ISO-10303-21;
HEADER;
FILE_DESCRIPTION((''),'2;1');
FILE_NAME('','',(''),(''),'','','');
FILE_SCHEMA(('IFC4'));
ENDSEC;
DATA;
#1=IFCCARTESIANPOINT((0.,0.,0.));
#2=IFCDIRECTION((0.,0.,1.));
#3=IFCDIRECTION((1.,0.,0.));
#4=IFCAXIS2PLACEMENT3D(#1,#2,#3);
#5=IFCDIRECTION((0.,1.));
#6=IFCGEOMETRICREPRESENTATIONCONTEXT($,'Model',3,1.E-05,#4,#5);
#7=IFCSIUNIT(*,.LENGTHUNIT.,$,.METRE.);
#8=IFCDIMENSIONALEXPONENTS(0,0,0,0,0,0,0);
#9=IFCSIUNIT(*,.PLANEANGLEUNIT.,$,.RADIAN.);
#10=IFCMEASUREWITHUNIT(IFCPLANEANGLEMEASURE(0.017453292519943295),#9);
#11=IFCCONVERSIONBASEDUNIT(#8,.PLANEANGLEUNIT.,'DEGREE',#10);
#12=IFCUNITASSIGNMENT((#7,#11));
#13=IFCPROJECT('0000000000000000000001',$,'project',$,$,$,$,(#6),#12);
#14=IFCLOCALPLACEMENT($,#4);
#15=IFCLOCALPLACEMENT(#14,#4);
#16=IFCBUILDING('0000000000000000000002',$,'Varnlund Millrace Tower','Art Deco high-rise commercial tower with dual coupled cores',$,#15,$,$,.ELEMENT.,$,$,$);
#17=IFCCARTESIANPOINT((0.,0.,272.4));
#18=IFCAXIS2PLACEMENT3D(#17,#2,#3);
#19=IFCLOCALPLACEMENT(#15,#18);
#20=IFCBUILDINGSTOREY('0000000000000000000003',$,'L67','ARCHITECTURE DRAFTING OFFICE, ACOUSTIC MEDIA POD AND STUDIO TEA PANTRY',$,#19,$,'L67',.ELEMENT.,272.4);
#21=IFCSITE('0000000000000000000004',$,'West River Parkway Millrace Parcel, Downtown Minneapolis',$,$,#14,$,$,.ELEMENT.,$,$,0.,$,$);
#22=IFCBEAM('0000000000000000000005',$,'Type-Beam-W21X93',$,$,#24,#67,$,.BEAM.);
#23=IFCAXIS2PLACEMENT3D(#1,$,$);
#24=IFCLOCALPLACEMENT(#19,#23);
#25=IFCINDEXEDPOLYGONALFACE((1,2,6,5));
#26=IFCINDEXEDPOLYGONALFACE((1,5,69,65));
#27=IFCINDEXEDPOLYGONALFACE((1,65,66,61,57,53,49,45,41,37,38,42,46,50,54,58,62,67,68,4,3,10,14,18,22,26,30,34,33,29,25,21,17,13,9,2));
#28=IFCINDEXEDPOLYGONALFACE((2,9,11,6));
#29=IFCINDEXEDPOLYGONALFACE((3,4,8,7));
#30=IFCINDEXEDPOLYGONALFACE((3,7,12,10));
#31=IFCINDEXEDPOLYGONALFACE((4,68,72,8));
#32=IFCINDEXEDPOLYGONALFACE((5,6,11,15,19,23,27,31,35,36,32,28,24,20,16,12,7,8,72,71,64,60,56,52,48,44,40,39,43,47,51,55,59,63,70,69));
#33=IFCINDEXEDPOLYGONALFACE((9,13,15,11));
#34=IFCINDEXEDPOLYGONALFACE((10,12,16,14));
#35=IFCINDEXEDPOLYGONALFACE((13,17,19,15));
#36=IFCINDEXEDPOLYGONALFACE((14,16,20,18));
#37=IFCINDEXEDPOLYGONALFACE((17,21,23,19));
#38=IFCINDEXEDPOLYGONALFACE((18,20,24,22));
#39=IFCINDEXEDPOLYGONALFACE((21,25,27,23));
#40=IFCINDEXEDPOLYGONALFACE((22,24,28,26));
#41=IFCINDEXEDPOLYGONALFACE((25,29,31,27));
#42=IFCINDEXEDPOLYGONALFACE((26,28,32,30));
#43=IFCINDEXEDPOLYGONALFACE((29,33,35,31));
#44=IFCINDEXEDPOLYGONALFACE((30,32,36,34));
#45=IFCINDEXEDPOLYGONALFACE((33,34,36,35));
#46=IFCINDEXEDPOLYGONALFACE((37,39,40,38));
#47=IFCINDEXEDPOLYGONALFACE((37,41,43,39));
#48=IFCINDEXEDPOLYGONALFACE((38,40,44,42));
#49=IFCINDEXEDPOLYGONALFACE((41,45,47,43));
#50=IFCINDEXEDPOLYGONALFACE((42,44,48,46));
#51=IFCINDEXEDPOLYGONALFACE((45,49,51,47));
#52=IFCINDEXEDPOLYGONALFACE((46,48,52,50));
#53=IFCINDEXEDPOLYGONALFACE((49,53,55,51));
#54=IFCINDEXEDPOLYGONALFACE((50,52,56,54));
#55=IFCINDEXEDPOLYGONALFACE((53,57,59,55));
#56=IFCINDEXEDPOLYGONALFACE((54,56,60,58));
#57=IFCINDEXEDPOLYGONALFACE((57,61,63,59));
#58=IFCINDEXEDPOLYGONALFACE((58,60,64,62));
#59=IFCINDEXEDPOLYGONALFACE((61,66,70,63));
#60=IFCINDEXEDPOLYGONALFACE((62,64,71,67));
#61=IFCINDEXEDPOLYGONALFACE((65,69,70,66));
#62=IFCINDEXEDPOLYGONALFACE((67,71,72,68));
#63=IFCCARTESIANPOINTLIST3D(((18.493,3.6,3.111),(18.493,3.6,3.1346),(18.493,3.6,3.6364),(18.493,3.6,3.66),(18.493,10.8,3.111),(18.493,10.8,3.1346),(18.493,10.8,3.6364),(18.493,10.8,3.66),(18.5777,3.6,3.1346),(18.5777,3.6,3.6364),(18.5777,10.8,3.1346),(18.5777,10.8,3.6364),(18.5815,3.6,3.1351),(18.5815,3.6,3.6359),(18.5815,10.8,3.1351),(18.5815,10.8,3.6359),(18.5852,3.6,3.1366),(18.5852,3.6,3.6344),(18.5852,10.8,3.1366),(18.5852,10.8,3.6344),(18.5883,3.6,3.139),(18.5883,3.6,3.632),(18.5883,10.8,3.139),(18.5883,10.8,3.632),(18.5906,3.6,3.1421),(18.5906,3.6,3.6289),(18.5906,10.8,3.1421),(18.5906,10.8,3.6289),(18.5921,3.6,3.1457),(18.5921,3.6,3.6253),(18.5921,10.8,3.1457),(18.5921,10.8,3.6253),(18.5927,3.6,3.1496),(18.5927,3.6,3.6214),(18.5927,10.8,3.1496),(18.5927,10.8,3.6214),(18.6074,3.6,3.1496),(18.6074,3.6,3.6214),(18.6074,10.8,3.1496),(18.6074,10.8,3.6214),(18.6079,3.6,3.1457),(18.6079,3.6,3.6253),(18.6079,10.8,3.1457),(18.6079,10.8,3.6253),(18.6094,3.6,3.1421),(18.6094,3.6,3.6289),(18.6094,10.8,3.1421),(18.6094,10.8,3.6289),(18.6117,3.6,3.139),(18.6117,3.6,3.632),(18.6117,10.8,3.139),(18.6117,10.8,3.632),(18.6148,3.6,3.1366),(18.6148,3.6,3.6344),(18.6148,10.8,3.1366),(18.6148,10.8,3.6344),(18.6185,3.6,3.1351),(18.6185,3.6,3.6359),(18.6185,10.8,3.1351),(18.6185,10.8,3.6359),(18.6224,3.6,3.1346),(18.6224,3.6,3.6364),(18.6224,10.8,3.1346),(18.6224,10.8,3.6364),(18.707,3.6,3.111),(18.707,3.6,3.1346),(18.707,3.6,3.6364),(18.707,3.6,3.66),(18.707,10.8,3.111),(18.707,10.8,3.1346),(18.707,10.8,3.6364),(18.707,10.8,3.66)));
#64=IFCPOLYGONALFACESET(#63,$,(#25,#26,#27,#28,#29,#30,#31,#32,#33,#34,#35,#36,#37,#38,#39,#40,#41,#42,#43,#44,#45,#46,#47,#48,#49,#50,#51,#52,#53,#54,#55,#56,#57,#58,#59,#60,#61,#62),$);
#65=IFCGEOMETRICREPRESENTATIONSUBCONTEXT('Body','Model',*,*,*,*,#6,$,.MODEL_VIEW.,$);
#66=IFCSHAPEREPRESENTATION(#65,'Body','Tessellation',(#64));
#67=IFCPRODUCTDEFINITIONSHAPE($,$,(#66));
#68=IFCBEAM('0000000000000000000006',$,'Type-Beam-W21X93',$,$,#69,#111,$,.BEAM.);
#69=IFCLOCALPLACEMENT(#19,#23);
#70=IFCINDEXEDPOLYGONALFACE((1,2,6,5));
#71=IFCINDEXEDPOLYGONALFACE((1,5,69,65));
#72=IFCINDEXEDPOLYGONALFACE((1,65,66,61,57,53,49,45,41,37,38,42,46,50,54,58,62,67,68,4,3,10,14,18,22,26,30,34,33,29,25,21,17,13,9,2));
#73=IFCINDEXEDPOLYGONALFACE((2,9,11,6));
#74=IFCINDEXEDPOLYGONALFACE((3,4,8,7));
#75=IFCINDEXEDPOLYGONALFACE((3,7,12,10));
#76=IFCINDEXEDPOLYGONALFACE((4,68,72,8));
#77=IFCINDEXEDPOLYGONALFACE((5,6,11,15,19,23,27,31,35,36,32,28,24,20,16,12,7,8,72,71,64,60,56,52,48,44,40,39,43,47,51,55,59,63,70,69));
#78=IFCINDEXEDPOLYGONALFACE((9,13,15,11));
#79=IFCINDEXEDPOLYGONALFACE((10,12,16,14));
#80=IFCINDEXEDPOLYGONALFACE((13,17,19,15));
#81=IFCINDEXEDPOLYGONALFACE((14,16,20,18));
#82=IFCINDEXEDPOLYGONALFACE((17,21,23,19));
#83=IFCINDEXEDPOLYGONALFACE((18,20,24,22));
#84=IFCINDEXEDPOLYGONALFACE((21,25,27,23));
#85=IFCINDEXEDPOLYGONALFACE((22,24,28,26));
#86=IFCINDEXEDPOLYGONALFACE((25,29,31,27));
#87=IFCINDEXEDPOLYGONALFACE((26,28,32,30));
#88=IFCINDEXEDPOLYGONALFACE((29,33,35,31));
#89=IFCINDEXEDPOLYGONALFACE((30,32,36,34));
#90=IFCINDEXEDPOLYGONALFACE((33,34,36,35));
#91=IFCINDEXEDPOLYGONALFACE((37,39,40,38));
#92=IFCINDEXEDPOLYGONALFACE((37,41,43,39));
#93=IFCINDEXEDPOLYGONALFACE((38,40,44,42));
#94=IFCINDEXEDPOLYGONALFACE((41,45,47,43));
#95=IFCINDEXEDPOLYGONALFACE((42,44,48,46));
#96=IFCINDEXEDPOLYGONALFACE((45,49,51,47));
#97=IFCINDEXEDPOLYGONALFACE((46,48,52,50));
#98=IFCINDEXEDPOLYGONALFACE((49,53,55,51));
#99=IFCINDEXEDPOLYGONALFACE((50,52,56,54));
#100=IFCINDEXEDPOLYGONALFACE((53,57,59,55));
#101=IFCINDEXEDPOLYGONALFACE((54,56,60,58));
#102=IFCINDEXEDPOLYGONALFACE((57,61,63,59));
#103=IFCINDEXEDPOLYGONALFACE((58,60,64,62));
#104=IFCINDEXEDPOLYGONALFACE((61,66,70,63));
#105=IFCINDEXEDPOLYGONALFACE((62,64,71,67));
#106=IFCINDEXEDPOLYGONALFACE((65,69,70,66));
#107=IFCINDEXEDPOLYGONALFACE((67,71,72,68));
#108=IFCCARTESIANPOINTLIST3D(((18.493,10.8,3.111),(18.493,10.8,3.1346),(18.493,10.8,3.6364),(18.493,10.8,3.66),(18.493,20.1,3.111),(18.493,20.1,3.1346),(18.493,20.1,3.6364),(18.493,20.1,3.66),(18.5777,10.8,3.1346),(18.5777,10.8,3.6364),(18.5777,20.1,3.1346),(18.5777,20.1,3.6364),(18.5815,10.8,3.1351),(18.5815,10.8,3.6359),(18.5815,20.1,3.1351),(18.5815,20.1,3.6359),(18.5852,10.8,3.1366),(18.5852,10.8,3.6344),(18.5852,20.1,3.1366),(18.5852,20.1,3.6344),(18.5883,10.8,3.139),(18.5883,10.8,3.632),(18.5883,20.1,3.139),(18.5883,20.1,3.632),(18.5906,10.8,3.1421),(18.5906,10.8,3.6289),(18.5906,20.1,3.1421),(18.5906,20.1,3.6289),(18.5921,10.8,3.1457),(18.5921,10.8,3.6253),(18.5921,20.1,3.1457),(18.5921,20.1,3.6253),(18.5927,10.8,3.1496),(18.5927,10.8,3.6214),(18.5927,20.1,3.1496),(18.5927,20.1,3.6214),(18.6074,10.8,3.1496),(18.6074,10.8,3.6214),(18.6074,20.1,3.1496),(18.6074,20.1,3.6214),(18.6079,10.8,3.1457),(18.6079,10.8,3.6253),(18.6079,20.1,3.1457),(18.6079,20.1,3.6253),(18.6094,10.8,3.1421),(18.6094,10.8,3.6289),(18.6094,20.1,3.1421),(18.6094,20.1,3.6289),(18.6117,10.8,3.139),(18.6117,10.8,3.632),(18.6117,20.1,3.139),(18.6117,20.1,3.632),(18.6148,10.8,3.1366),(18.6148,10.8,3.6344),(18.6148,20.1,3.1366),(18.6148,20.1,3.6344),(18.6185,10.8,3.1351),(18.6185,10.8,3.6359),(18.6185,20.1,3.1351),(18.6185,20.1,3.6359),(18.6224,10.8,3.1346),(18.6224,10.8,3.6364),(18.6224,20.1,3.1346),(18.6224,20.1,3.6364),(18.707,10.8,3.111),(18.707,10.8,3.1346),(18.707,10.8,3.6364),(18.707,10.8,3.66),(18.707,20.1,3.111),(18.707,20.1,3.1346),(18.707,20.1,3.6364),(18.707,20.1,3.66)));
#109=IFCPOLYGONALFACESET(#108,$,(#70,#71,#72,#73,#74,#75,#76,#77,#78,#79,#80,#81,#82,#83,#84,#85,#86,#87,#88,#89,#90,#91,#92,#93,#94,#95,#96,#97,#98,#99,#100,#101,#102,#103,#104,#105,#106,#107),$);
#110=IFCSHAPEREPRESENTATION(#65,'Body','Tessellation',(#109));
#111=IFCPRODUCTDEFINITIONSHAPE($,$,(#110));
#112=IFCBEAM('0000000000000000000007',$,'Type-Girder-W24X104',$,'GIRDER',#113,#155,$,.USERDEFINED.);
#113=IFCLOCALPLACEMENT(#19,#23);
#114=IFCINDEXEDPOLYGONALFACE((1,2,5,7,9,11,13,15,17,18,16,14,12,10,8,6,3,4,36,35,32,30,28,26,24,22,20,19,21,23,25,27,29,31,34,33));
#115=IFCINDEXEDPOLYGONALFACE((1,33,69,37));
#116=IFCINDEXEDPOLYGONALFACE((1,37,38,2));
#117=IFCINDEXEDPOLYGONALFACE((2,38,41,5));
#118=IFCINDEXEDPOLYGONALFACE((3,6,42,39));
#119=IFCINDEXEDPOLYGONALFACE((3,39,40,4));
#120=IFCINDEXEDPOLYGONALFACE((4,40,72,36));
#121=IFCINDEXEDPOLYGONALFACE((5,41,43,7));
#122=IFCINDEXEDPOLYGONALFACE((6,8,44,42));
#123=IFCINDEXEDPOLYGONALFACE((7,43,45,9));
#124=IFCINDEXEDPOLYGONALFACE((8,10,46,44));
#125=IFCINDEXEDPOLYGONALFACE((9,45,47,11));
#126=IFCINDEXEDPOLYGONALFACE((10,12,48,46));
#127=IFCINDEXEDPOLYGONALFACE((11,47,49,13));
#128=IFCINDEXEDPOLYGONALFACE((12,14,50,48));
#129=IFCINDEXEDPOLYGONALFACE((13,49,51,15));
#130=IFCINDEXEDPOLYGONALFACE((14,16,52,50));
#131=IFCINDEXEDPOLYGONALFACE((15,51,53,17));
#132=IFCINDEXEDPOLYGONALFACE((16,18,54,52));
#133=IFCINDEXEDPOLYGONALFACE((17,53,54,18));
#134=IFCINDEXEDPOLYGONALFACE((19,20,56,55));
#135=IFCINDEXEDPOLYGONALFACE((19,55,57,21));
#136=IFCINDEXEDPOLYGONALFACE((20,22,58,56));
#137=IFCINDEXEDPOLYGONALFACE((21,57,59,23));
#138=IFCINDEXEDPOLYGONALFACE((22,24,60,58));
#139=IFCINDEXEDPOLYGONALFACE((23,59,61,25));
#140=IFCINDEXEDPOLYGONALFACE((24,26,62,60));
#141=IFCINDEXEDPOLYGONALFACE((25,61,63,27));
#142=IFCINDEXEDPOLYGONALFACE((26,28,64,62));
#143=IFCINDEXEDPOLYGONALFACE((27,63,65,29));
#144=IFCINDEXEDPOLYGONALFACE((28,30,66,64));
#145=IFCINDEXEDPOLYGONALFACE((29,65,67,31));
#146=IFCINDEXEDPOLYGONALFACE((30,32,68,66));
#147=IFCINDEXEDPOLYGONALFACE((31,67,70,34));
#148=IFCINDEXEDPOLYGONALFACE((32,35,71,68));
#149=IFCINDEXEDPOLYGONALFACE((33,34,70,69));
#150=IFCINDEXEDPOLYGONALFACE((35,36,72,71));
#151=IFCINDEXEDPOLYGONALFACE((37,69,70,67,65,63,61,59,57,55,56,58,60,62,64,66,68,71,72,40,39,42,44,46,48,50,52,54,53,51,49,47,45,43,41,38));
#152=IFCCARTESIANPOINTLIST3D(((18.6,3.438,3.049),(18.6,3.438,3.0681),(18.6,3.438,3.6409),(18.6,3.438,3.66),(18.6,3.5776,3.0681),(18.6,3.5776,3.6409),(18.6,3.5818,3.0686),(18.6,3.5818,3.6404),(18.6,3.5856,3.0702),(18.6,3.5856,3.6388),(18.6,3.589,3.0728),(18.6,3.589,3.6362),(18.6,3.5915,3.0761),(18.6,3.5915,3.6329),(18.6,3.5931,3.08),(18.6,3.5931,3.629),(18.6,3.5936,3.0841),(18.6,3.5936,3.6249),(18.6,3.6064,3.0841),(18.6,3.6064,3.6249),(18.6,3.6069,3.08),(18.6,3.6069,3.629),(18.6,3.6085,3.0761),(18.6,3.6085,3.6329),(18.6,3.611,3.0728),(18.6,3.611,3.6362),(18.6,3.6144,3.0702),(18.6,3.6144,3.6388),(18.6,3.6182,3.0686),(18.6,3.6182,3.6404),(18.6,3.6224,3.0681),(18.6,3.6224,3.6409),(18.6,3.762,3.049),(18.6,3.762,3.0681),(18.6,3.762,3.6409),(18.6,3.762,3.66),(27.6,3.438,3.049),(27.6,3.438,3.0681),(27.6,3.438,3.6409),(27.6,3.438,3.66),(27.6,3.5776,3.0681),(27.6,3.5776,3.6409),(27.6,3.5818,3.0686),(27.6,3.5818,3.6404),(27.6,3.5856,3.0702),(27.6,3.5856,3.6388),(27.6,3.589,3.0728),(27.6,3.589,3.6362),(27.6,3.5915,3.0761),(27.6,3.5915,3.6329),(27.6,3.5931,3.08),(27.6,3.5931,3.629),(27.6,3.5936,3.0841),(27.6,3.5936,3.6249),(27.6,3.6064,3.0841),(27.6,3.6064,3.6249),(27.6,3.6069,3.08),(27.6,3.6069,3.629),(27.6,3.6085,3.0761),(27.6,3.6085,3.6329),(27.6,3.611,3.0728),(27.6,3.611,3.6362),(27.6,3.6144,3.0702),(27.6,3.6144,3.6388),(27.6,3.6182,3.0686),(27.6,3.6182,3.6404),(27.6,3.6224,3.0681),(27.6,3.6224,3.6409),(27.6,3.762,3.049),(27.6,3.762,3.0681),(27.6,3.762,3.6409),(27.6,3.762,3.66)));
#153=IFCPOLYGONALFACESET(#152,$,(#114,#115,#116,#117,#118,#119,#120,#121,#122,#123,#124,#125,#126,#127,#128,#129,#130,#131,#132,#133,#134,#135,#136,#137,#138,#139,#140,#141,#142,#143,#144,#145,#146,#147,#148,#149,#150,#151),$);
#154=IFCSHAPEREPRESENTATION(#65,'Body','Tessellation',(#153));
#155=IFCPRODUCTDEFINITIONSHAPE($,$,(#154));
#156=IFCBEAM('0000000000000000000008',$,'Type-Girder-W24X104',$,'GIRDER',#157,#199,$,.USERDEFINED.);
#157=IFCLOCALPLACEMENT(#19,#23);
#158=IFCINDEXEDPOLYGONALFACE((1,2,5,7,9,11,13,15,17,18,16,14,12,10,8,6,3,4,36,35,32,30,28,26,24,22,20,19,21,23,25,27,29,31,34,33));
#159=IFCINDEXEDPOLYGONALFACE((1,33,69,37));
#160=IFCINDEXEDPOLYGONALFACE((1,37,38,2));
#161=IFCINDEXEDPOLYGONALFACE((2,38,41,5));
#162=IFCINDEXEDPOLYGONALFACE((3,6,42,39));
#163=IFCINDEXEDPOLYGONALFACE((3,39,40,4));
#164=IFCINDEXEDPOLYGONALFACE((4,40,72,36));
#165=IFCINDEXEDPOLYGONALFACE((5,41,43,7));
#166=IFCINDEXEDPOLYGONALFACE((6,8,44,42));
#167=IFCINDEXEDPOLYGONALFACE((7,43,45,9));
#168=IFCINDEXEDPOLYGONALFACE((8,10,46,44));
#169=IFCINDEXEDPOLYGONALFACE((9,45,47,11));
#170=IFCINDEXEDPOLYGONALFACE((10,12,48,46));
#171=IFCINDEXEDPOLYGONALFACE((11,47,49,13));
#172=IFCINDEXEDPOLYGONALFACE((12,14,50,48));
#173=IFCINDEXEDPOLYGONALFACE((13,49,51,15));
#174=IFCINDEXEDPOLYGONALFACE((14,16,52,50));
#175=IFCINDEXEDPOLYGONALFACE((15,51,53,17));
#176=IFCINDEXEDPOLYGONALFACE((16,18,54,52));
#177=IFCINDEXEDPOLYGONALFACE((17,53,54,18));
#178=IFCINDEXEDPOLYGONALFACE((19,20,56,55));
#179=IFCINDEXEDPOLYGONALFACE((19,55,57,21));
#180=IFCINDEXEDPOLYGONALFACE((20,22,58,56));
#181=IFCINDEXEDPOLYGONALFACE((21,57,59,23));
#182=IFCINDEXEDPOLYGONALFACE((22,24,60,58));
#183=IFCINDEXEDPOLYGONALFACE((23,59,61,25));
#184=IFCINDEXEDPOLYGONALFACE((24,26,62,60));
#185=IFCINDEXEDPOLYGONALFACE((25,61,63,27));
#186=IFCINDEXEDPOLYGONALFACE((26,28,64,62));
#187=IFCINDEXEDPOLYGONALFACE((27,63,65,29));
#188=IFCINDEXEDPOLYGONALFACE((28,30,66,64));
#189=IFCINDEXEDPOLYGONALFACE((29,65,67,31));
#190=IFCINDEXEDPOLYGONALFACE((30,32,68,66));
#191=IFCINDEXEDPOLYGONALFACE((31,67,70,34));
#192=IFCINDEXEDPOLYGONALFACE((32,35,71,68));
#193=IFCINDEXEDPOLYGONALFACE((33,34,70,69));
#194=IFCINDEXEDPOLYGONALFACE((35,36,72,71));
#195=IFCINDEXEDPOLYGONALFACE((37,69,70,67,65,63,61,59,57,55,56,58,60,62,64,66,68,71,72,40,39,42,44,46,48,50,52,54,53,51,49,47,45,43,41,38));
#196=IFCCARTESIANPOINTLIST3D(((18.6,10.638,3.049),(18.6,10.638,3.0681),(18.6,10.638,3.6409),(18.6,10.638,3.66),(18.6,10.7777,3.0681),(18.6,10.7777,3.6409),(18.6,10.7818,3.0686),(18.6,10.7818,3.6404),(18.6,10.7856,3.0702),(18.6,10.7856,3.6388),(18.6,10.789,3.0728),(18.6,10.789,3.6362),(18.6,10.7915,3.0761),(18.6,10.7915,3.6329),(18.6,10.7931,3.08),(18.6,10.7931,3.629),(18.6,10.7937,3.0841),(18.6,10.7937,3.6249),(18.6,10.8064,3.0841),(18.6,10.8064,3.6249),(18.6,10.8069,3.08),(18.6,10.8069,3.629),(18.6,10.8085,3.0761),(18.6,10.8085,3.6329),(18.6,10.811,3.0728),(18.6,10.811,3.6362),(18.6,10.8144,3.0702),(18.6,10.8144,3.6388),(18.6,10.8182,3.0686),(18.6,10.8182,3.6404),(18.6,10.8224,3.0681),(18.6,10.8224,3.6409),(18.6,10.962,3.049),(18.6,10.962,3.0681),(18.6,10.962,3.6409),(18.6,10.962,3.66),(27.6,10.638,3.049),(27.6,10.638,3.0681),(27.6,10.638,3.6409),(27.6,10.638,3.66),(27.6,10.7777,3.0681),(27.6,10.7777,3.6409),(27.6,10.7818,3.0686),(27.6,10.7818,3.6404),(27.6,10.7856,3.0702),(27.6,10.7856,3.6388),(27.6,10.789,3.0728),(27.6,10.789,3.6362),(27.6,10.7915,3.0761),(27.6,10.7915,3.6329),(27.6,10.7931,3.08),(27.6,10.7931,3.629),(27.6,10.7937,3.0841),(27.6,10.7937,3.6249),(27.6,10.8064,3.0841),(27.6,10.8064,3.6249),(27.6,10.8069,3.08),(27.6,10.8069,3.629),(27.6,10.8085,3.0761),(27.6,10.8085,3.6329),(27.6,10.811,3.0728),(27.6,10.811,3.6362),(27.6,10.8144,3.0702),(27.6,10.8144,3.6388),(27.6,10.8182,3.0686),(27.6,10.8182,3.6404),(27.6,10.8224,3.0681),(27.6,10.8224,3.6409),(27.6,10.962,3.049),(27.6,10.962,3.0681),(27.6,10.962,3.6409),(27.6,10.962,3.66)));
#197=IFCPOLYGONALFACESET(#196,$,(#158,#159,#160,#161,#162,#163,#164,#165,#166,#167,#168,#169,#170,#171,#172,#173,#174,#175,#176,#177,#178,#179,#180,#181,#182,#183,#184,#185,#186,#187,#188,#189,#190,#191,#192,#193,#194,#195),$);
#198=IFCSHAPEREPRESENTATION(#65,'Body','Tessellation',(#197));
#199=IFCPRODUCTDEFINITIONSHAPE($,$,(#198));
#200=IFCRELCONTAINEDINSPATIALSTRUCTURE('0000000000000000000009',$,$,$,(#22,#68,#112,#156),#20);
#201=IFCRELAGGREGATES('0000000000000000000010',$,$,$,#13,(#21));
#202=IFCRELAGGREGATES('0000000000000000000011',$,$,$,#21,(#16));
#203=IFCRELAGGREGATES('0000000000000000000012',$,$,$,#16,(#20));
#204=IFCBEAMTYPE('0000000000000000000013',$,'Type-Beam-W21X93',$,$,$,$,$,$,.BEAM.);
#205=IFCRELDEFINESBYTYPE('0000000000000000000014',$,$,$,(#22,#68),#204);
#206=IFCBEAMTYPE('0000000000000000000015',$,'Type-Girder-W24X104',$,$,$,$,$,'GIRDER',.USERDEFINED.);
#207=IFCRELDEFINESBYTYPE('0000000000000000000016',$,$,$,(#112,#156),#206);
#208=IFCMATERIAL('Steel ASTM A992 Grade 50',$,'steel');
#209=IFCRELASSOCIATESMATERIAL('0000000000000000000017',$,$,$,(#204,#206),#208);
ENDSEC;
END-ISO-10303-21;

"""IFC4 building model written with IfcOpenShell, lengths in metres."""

from ifc_helpers import new_model, entity, si_unit, converted_unit, direction, frame, origin_with_axes, origin_2d_with_axis, place, context, subcontext, project, spatial, i_section, extrude, material, material_profile, profile_set, type_object, element, save


model = new_model("IFC4")

# Units and contexts
model_context = context("Model", 3, precision=1e-05, world=origin_with_axes(), true_north=direction((0.0, 1.0)))
body_context = subcontext(model_context, "Body", "Model", "MODEL_VIEW")
ifc_project = project(units=[si_unit("LENGTHUNIT", "METRE"), converted_unit("PLANEANGLEUNIT", "DEGREE", entity("IfcPlaneAngleMeasure", 0.017453292519943295), si_unit("PLANEANGLEUNIT", "RADIAN"), dimensions=[0, 0, 0, 0, 0, 0, 0])], contexts=[model_context])

# Site, building, storey
site_placement = place(None, origin_with_axes())
site = spatial("IfcSite", under=ifc_project, at=site_placement, Name="West River Parkway Millrace Parcel, Downtown Minneapolis", CompositionType="ELEMENT", RefElevation=0.0)
building_placement = place(site_placement, origin_with_axes())
building = spatial("IfcBuilding", under=site, at=building_placement, Name="Varnlund Millrace Tower", Description="Art Deco high-rise commercial tower with dual coupled cores", CompositionType="ELEMENT")
storey_placement = place(building_placement, frame((0.0, 0.0, 272.4), z_axis=(0.0, 0.0, 1.0), x_axis=(1.0, 0.0, 0.0)))
storey = spatial("IfcBuildingStorey", under=building, at=storey_placement, Name="L67", Description="ARCHITECTURE DRAFTING OFFICE, ACOUSTIC MEDIA POD AND STUDIO TEA PANTRY", LongName="L67", CompositionType="ELEMENT", Elevation=272.4)

# Beams
ifc_material_1 = material(Name="Steel ASTM A992 Grade 50", Category="steel")
ifc_material_profile_1 = material_profile(ifc_material_1, i_section(OverallWidth=0.214, OverallDepth=0.549, WebThickness=0.0147, FlangeThickness=0.0236, FilletRadius=0.015, at=origin_2d_with_axis()), Name="Steel ASTM A992 Grade 50")
ifc_profile_set_1 = profile_set([ifc_material_profile_1], Name="Steel ASTM A992 Grade 50")
beam_type_1 = type_object("IfcBeamType", Name="Type-Beam-W21X93", PredefinedType="BEAM", material=ifc_profile_set_1)
beam_1_placement = place(storey_placement, frame((18.6, 3.6, 3.3855), z_axis=(0.0, 1.0, 0.0), x_axis=(-1.0, 0.0, 0.0)))
element("IfcBeam", 1, at=beam_1_placement, inside=storey, type_object=beam_type_1, Name="Type-Beam-W21X93", PredefinedType="BEAM", context=body_context, shape_type="SweptSolid", body=[
    extrude(i_section(OverallWidth=0.214, OverallDepth=0.549, WebThickness=0.0147, FlangeThickness=0.0236, FilletRadius=0.015, at=origin_2d_with_axis()), origin_with_axes(), (0.0, 0.0, 1.0), 7.2),
])
beam_2_placement = place(storey_placement, frame((18.6, 10.8, 3.3855), z_axis=(0.0, 1.0, 0.0), x_axis=(-1.0, 0.0, 0.0)))
element("IfcBeam", 2, at=beam_2_placement, inside=storey, type_object=beam_type_1, Name="Type-Beam-W21X93", PredefinedType="BEAM", context=body_context, shape_type="SweptSolid", body=[
    extrude(i_section(OverallWidth=0.214, OverallDepth=0.549, WebThickness=0.0147, FlangeThickness=0.0236, FilletRadius=0.015, at=origin_2d_with_axis()), origin_with_axes(), (0.0, 0.0, 1.0), 9.3),
])
ifc_material_profile_2 = material_profile(ifc_material_1, i_section(OverallWidth=0.324, OverallDepth=0.611, WebThickness=0.0127, FlangeThickness=0.0191, FilletRadius=0.016, at=origin_2d_with_axis()), Name="Steel ASTM A992 Grade 50")
ifc_profile_set_2 = profile_set([ifc_material_profile_2], Name="Steel ASTM A992 Grade 50")
beam_type_2 = type_object("IfcBeamType", Name="Type-Girder-W24X104", ElementType="GIRDER", PredefinedType="USERDEFINED", material=ifc_profile_set_2)
for number, where, z_axis, x_axis, name in (
    (3, (18.6, 3.6, 3.3545), (1.0, 0.0, 0.0), (0.0, 1.0, 0.0), "Type-Girder-W24X104"),
    (4, (18.6, 10.8, 3.3545), (1.0, 0.0, 0.0), (0.0, 1.0, 0.0), "Type-Girder-W24X104"),
):
    element("IfcBeam", number, at=place(storey_placement, frame(where, z_axis=z_axis, x_axis=x_axis)), inside=storey, type_object=beam_type_2, Name=name, ObjectType="GIRDER", PredefinedType="USERDEFINED", context=body_context, shape_type="SweptSolid", body=[
        extrude(i_section(OverallWidth=0.324, OverallDepth=0.611, WebThickness=0.0127, FlangeThickness=0.0191, FilletRadius=0.016, at=origin_2d_with_axis()), origin_with_axes(), (0.0, 0.0, 1.0), 9.0),
    ])

save(model, "model.ifc")
